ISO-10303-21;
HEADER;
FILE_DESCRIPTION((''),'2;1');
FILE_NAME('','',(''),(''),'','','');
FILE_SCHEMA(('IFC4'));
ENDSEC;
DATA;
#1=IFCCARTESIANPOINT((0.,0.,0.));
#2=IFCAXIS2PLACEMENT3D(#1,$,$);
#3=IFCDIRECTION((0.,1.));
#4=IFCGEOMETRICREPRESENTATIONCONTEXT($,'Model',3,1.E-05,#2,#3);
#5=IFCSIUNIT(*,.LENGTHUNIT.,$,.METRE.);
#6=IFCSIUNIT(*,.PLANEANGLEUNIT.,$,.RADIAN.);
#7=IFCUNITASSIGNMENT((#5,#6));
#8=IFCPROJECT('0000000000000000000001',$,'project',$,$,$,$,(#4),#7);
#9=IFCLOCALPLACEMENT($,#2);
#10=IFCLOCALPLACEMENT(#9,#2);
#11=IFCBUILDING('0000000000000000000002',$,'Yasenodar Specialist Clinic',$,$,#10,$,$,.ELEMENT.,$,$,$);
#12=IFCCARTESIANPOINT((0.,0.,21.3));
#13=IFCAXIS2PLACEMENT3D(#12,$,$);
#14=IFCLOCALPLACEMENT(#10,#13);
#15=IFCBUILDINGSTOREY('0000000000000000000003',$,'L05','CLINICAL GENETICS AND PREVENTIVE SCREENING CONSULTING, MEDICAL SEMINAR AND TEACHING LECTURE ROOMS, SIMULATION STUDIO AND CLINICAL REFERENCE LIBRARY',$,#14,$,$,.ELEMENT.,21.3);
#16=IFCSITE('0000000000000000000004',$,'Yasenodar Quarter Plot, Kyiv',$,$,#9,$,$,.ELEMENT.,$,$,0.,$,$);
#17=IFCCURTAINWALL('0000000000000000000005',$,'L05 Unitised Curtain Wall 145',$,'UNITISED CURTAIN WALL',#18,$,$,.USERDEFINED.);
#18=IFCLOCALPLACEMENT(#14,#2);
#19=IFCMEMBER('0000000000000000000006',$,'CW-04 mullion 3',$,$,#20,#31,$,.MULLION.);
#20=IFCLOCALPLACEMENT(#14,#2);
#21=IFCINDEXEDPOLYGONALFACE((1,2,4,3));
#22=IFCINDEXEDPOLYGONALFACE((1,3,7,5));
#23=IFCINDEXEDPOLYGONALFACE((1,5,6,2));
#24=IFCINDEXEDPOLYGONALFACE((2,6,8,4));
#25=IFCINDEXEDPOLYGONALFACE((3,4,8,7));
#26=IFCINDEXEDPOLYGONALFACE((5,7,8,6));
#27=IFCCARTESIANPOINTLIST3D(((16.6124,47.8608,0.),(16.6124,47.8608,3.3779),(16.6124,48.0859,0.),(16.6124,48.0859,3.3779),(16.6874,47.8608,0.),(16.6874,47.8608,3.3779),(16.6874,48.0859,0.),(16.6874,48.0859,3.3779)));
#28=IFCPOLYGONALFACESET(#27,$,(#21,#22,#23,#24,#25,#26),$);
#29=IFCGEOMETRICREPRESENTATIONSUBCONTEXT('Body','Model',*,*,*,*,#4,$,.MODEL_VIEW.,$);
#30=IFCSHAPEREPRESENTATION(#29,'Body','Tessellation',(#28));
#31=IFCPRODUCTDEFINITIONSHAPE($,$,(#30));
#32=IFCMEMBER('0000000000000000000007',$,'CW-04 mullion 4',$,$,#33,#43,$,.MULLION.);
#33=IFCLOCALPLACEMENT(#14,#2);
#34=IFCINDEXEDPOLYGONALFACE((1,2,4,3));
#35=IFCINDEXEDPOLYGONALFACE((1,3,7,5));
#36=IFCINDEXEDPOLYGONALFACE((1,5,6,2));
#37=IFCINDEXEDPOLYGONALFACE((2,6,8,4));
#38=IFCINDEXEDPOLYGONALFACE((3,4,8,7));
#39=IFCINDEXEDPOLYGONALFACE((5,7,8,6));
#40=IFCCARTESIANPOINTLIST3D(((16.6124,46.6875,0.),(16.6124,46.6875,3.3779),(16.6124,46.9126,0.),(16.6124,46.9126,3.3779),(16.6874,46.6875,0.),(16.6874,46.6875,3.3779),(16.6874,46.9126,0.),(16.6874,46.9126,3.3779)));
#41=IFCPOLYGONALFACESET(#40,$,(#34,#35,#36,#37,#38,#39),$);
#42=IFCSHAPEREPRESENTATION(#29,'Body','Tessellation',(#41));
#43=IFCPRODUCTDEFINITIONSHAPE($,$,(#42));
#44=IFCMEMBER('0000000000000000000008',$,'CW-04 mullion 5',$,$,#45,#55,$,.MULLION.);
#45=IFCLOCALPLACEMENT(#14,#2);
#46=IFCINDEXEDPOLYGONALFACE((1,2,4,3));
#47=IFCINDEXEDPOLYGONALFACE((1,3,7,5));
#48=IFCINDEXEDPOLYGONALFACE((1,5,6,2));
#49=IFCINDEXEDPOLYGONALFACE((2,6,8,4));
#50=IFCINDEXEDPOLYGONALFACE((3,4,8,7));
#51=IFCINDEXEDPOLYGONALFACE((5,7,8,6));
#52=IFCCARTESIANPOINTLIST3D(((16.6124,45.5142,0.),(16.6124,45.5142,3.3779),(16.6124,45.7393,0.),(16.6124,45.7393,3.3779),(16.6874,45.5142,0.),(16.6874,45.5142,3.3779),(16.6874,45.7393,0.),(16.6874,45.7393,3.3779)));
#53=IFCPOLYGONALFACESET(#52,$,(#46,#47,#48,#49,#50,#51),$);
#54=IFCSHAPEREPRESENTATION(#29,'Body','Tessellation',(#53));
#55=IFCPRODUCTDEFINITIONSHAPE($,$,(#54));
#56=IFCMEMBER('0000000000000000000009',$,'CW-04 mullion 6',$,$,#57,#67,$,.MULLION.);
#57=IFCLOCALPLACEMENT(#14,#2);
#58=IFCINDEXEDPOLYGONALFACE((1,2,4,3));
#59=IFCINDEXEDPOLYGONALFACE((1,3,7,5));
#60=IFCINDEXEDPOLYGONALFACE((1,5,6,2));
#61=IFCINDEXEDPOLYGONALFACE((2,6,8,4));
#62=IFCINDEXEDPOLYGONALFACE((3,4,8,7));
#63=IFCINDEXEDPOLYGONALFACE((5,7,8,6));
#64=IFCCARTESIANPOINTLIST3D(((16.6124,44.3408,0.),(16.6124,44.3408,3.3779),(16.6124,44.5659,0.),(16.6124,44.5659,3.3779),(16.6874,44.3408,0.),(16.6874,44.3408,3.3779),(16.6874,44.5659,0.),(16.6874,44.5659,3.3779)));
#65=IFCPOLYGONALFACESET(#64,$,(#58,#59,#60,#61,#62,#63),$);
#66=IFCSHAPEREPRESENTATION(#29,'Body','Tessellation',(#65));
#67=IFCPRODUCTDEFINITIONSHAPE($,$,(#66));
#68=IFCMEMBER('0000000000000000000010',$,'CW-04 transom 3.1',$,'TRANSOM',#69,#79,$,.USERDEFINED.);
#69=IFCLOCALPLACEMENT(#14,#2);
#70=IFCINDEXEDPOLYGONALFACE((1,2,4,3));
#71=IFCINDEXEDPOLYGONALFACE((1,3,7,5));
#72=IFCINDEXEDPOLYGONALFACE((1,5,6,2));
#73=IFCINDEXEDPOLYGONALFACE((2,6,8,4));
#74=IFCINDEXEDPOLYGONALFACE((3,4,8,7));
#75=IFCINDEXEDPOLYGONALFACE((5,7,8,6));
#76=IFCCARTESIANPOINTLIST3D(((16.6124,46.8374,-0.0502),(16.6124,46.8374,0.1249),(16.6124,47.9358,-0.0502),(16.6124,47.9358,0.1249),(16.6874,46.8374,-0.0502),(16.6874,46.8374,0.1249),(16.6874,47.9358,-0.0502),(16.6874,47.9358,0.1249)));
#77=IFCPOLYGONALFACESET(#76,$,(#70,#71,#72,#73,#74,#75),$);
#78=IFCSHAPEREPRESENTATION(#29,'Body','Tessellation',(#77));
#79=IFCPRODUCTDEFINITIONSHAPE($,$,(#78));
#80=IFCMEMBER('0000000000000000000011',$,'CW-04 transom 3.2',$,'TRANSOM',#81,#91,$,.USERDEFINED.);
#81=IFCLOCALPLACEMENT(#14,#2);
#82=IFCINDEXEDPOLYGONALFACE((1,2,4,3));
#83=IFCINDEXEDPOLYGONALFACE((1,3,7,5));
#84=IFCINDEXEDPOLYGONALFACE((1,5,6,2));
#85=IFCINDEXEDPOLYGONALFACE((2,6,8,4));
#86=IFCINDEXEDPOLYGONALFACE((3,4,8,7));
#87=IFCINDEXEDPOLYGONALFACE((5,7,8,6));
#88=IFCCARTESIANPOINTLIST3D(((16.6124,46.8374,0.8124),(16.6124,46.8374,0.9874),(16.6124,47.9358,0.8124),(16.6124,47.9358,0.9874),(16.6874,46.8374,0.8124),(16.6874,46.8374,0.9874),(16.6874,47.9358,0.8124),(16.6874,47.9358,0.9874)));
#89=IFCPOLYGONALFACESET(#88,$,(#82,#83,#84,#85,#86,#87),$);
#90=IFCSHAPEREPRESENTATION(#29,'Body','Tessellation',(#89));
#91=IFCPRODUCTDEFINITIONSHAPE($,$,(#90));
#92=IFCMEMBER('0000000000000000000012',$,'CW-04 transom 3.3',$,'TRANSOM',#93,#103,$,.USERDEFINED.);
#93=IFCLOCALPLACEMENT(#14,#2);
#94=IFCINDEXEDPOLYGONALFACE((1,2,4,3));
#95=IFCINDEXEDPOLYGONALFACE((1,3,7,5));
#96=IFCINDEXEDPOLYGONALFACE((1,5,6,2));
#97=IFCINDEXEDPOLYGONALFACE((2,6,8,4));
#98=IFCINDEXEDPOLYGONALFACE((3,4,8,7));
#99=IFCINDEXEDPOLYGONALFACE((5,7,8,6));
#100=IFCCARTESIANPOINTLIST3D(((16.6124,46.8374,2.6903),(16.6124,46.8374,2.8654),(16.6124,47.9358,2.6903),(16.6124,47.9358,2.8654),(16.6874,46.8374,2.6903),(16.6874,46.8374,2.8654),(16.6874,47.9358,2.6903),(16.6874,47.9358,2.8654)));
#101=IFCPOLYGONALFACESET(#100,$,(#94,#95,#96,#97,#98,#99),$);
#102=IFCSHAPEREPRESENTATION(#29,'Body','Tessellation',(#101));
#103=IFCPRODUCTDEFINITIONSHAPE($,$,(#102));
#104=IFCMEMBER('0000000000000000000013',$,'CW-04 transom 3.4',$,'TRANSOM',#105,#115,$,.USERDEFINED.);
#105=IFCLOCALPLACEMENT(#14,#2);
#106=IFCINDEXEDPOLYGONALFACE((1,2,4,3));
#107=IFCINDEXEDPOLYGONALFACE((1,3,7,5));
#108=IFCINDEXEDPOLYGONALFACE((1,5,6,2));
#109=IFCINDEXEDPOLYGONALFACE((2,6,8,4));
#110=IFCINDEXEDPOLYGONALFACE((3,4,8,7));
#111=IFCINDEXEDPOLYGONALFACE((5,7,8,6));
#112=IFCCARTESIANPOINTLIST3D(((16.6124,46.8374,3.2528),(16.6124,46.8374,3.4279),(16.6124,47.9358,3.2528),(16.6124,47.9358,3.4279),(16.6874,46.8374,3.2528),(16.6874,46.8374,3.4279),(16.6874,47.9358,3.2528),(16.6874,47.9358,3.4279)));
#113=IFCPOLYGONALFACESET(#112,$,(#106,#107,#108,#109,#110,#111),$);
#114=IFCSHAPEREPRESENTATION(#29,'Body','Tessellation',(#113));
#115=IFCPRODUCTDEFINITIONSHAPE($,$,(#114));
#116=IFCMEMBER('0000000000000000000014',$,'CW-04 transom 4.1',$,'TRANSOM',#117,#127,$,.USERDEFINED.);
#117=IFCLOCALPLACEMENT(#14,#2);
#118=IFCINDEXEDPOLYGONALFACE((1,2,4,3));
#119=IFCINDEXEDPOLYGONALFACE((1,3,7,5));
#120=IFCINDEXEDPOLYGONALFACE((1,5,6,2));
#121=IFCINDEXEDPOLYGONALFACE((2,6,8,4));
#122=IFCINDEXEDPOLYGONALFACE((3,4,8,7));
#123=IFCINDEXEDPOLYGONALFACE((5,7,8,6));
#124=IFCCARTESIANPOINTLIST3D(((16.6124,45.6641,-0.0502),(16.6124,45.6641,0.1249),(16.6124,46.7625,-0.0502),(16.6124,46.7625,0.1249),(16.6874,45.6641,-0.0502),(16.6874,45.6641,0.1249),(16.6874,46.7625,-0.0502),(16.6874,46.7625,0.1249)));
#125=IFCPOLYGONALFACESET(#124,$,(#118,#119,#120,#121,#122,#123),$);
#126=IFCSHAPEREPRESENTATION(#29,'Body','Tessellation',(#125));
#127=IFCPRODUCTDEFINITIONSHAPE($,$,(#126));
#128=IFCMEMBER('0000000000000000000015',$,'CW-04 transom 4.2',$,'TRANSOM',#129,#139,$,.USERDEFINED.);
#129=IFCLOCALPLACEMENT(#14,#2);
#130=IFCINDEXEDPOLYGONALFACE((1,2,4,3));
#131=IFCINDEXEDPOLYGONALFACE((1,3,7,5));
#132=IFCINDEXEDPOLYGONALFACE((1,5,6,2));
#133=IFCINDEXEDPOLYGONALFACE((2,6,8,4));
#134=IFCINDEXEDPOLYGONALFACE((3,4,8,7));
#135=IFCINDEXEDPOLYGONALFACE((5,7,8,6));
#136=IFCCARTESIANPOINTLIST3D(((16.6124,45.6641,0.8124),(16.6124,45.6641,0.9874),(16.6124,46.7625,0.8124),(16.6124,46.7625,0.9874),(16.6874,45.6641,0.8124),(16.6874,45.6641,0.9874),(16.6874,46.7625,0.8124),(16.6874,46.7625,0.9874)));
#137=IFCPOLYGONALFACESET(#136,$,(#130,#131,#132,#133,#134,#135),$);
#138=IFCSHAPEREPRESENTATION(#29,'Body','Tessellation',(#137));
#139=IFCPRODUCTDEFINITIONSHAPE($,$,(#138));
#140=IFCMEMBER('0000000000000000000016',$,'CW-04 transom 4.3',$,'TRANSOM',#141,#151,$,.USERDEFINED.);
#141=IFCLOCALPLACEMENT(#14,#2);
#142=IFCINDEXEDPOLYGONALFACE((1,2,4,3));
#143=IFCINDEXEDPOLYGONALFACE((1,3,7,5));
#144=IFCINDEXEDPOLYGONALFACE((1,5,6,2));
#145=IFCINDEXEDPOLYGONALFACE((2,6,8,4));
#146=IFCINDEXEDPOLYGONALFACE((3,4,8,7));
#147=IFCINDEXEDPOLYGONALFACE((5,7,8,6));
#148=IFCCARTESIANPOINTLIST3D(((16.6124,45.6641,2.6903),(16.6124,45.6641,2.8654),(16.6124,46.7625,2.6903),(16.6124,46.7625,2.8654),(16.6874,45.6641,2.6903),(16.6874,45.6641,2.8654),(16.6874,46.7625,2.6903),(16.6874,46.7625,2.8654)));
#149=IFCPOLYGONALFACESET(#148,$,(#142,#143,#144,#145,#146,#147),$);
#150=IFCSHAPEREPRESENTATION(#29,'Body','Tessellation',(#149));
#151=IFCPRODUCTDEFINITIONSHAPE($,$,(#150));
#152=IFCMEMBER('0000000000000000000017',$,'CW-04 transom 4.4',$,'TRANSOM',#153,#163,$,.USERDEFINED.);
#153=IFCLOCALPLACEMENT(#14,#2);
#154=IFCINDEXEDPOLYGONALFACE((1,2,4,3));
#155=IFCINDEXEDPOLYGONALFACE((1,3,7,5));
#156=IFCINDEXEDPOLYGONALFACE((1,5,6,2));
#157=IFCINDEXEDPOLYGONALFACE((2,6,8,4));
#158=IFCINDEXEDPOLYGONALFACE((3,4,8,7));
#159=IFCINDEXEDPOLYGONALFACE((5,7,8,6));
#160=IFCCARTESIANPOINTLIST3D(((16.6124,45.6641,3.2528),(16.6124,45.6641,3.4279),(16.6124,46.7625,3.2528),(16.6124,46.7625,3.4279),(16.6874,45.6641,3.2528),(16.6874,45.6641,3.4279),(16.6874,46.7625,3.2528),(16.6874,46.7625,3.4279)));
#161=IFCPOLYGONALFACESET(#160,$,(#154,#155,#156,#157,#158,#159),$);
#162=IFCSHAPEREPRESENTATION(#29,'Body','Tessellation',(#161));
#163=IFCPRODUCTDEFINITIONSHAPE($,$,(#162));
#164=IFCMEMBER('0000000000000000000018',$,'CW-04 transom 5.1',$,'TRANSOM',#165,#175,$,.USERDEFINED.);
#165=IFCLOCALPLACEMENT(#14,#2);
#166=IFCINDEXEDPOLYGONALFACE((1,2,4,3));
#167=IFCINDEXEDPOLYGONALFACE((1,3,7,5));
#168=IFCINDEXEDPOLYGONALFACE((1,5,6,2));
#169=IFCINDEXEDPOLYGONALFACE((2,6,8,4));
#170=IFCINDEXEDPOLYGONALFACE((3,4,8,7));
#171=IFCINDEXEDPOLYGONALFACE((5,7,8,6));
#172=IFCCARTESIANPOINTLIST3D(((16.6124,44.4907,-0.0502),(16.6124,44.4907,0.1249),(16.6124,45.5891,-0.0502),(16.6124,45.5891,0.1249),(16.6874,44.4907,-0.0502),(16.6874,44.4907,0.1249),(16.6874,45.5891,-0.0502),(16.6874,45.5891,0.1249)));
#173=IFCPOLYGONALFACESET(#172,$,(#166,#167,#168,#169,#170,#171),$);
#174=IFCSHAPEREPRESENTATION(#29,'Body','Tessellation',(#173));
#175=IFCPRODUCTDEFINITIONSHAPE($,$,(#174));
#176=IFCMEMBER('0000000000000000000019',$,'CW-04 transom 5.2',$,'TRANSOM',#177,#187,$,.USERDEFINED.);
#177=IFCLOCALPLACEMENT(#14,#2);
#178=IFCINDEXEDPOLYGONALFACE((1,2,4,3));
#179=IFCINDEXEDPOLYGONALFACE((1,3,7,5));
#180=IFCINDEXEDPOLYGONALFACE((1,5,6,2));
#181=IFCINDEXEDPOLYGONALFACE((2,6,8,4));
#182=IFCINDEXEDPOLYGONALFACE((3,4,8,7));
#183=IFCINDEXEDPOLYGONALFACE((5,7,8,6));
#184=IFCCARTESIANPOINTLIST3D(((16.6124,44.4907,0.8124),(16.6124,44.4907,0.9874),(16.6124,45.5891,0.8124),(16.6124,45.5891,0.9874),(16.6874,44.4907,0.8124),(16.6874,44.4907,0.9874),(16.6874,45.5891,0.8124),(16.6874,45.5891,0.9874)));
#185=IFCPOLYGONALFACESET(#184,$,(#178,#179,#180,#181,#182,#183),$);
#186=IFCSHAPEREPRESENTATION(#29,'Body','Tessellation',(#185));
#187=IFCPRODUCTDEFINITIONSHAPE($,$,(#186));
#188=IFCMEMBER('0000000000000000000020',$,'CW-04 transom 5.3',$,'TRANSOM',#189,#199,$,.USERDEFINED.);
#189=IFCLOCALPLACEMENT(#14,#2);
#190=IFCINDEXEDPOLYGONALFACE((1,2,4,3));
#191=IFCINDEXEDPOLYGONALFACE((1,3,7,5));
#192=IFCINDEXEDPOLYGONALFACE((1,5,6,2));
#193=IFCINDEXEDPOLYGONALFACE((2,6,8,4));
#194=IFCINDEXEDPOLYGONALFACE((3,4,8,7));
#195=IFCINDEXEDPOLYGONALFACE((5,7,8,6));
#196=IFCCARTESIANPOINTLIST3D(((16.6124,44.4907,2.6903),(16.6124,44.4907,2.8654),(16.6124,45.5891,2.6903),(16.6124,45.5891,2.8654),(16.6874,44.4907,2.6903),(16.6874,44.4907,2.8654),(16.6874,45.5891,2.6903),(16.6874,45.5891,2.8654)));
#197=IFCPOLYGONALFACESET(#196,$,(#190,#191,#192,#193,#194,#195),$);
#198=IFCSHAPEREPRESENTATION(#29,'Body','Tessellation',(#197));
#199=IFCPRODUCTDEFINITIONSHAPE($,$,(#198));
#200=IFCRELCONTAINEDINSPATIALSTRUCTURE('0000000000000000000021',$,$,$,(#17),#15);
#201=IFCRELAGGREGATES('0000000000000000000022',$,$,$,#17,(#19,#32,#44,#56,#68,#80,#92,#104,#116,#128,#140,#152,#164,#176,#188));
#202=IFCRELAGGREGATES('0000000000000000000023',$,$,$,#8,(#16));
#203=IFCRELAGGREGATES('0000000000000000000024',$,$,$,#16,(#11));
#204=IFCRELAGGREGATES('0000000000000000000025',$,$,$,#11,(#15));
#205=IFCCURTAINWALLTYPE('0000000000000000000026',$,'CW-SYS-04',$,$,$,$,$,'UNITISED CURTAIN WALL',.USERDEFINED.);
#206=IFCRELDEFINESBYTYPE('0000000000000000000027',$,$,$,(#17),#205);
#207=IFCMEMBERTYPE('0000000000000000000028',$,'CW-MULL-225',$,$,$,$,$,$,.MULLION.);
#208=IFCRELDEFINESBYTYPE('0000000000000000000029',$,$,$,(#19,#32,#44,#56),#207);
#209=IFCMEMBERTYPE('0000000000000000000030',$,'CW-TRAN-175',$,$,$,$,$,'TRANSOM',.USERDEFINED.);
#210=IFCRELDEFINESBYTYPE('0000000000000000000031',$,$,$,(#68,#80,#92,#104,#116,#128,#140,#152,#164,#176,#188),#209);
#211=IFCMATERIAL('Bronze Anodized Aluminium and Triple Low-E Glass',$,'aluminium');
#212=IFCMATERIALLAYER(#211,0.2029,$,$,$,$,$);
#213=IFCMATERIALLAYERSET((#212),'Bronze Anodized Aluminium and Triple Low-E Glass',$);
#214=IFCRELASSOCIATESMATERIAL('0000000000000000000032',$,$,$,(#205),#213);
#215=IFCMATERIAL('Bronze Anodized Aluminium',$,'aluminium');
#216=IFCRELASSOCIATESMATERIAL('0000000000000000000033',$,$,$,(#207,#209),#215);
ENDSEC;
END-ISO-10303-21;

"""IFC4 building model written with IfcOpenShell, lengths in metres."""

from ifc_helpers import new_model, si_unit, direction, frame, origin, origin_2d, place, context, subcontext, project, spatial, rectangle, extrude, material, layer, layer_set, material_profile, profile_set, type_object, element, aggregate, save


model = new_model("IFC4")

# Units and contexts
model_context = context("Model", 3, precision=1e-05, world=origin(), true_north=direction((0.0, 1.0)))
body_context = subcontext(model_context, "Body", "Model", "MODEL_VIEW")
ifc_project = project(units=[si_unit("LENGTHUNIT", "METRE"), si_unit("PLANEANGLEUNIT", "RADIAN")], contexts=[model_context])

# Site, building, storey
site_placement = place(None, origin())
site = spatial("IfcSite", under=ifc_project, at=site_placement, Name="Yasenodar Quarter Plot, Kyiv", CompositionType="ELEMENT", RefElevation=0.0)
building_placement = place(site_placement, origin())
building = spatial("IfcBuilding", under=site, at=building_placement, Name="Yasenodar Specialist Clinic", CompositionType="ELEMENT")
storey_placement = place(building_placement, frame((0.0, 0.0, 21.3)))
storey = spatial("IfcBuildingStorey", under=building, at=storey_placement, Name="L05", Description="CLINICAL GENETICS AND PREVENTIVE SCREENING CONSULTING, MEDICAL SEMINAR AND TEACHING LECTURE ROOMS, SIMULATION STUDIO AND CLINICAL REFERENCE LIBRARY", CompositionType="ELEMENT", Elevation=21.3)

# Curtain wall, members
ifc_material_1 = material(Name="Bronze Anodized Aluminium and Triple Low-E Glass", Category="aluminium")
ifc_layer_1 = layer(ifc_material_1, 0.2029)
ifc_layer_set_1 = layer_set([ifc_layer_1], Name="Bronze Anodized Aluminium and Triple Low-E Glass")
curtain_wall_type = type_object("IfcCurtainWallType", Name="CW-SYS-04", ElementType="UNITISED CURTAIN WALL", PredefinedType="USERDEFINED", material=ifc_layer_set_1)
curtain_wall_placement = place(storey_placement, origin())
curtain_wall = element("IfcCurtainWall", 1, at=curtain_wall_placement, inside=storey, type_object=curtain_wall_type, Name="L05 Unitised Curtain Wall 145", ObjectType="UNITISED CURTAIN WALL", PredefinedType="USERDEFINED")
ifc_material_2 = material(Name="Bronze Anodized Aluminium", Category="aluminium")
ifc_material_profile_1 = material_profile(ifc_material_2, rectangle(XDim=0.075, YDim=0.2251, at=origin_2d()), Name="CW-MULL 75x225")
ifc_profile_set_1 = profile_set([ifc_material_profile_1], Name="Bronze Anodized Aluminium")
member_type_1 = type_object("IfcMemberType", Name="CW-MULL-225", PredefinedType="MULLION", material=ifc_profile_set_1)
member_1_placement = place(storey_placement, frame((16.6499, 47.9734, 0.0), z_axis=(0.0, 0.0, 1.0), x_axis=(1.0, 0.0, 0.0)))
member_1 = element("IfcMember", 2, at=member_1_placement, type_object=member_type_1, Name="CW-04 mullion 3", PredefinedType="MULLION", context=body_context, shape_type="SweptSolid", body=[
    extrude(rectangle(XDim=0.075, YDim=0.2251, at=origin_2d()), origin(), (0.0, 0.0, 1.0), 3.3779),
])
member_2_placement = place(storey_placement, frame((16.6499, 46.8, 0.0), z_axis=(0.0, 0.0, 1.0), x_axis=(1.0, 0.0, 0.0)))
member_2 = element("IfcMember", 3, at=member_2_placement, type_object=member_type_1, Name="CW-04 mullion 4", PredefinedType="MULLION", context=body_context, shape_type="SweptSolid", body=[
    extrude(rectangle(XDim=0.075, YDim=0.2251, at=origin_2d()), origin(), (0.0, 0.0, 1.0), 3.3779),
])
member_3_placement = place(storey_placement, frame((16.6499, 45.6267, 0.0), z_axis=(0.0, 0.0, 1.0), x_axis=(1.0, 0.0, 0.0)))
member_3 = element("IfcMember", 4, at=member_3_placement, type_object=member_type_1, Name="CW-04 mullion 5", PredefinedType="MULLION", context=body_context, shape_type="SweptSolid", body=[
    extrude(rectangle(XDim=0.075, YDim=0.2251, at=origin_2d()), origin(), (0.0, 0.0, 1.0), 3.3779),
])
member_4_placement = place(storey_placement, frame((16.6499, 44.4534, 0.0), z_axis=(0.0, 0.0, 1.0), x_axis=(1.0, 0.0, 0.0)))
member_4 = element("IfcMember", 5, at=member_4_placement, type_object=member_type_1, Name="CW-04 mullion 6", PredefinedType="MULLION", context=body_context, shape_type="SweptSolid", body=[
    extrude(rectangle(XDim=0.075, YDim=0.2251, at=origin_2d()), origin(), (0.0, 0.0, 1.0), 3.3779),
])
ifc_material_profile_2 = material_profile(ifc_material_2, rectangle(XDim=0.075, YDim=0.175, at=origin_2d()), Name="CW-TRAN 75x175")
ifc_profile_set_2 = profile_set([ifc_material_profile_2], Name="Bronze Anodized Aluminium")
member_type_2 = type_object("IfcMemberType", Name="CW-TRAN-175", ElementType="TRANSOM", PredefinedType="USERDEFINED", material=ifc_profile_set_2)
member_5_placement = place(storey_placement, frame((16.6499, 47.9358, 0.0374), z_axis=(0.0, -1.0, 0.0), x_axis=(1.0, 0.0, 0.0)))
member_5 = element("IfcMember", 6, at=member_5_placement, type_object=member_type_2, Name="CW-04 transom 3.1", ObjectType="TRANSOM", PredefinedType="USERDEFINED", context=body_context, shape_type="SweptSolid", body=[
    extrude(rectangle(XDim=0.075, YDim=0.175, at=origin_2d()), origin(), (0.0, 0.0, 1.0), 1.0984),
])
member_6_placement = place(storey_placement, frame((16.6499, 47.9358, 0.8999), z_axis=(0.0, -1.0, 0.0), x_axis=(1.0, 0.0, 0.0)))
member_6 = element("IfcMember", 7, at=member_6_placement, type_object=member_type_2, Name="CW-04 transom 3.2", ObjectType="TRANSOM", PredefinedType="USERDEFINED", context=body_context, shape_type="SweptSolid", body=[
    extrude(rectangle(XDim=0.075, YDim=0.175, at=origin_2d()), origin(), (0.0, 0.0, 1.0), 1.0984),
])
member_7_placement = place(storey_placement, frame((16.6499, 47.9358, 2.7778), z_axis=(0.0, -1.0, 0.0), x_axis=(1.0, 0.0, 0.0)))
member_7 = element("IfcMember", 8, at=member_7_placement, type_object=member_type_2, Name="CW-04 transom 3.3", ObjectType="TRANSOM", PredefinedType="USERDEFINED", context=body_context, shape_type="SweptSolid", body=[
    extrude(rectangle(XDim=0.075, YDim=0.175, at=origin_2d()), origin(), (0.0, 0.0, 1.0), 1.0984),
])
member_8_placement = place(storey_placement, frame((16.6499, 47.9358, 3.3403), z_axis=(0.0, -1.0, 0.0), x_axis=(1.0, 0.0, 0.0)))
member_8 = element("IfcMember", 9, at=member_8_placement, type_object=member_type_2, Name="CW-04 transom 3.4", ObjectType="TRANSOM", PredefinedType="USERDEFINED", context=body_context, shape_type="SweptSolid", body=[
    extrude(rectangle(XDim=0.075, YDim=0.175, at=origin_2d()), origin(), (0.0, 0.0, 1.0), 1.0984),
])
member_9_placement = place(storey_placement, frame((16.6499, 46.7625, 0.0374), z_axis=(0.0, -1.0, 0.0), x_axis=(1.0, 0.0, 0.0)))
member_9 = element("IfcMember", 10, at=member_9_placement, type_object=member_type_2, Name="CW-04 transom 4.1", ObjectType="TRANSOM", PredefinedType="USERDEFINED", context=body_context, shape_type="SweptSolid", body=[
    extrude(rectangle(XDim=0.075, YDim=0.175, at=origin_2d()), origin(), (0.0, 0.0, 1.0), 1.0984),
])
member_10_placement = place(storey_placement, frame((16.6499, 46.7625, 0.8999), z_axis=(0.0, -1.0, 0.0), x_axis=(1.0, 0.0, 0.0)))
member_10 = element("IfcMember", 11, at=member_10_placement, type_object=member_type_2, Name="CW-04 transom 4.2", ObjectType="TRANSOM", PredefinedType="USERDEFINED", context=body_context, shape_type="SweptSolid", body=[
    extrude(rectangle(XDim=0.075, YDim=0.175, at=origin_2d()), origin(), (0.0, 0.0, 1.0), 1.0984),
])
member_11_placement = place(storey_placement, frame((16.6499, 46.7625, 2.7778), z_axis=(0.0, -1.0, 0.0), x_axis=(1.0, 0.0, 0.0)))
member_11 = element("IfcMember", 12, at=member_11_placement, type_object=member_type_2, Name="CW-04 transom 4.3", ObjectType="TRANSOM", PredefinedType="USERDEFINED", context=body_context, shape_type="SweptSolid", body=[
    extrude(rectangle(XDim=0.075, YDim=0.175, at=origin_2d()), origin(), (0.0, 0.0, 1.0), 1.0984),
])
member_12_placement = place(storey_placement, frame((16.6499, 46.7625, 3.3403), z_axis=(0.0, -1.0, 0.0), x_axis=(1.0, 0.0, 0.0)))
member_12 = element("IfcMember", 13, at=member_12_placement, type_object=member_type_2, Name="CW-04 transom 4.4", ObjectType="TRANSOM", PredefinedType="USERDEFINED", context=body_context, shape_type="SweptSolid", body=[
    extrude(rectangle(XDim=0.075, YDim=0.175, at=origin_2d()), origin(), (0.0, 0.0, 1.0), 1.0984),
])
member_13_placement = place(storey_placement, frame((16.6499, 45.5891, 0.0374), z_axis=(0.0, -1.0, 0.0), x_axis=(1.0, 0.0, 0.0)))
member_13 = element("IfcMember", 14, at=member_13_placement, type_object=member_type_2, Name="CW-04 transom 5.1", ObjectType="TRANSOM", PredefinedType="USERDEFINED", context=body_context, shape_type="SweptSolid", body=[
    extrude(rectangle(XDim=0.075, YDim=0.175, at=origin_2d()), origin(), (0.0, 0.0, 1.0), 1.0984),
])
member_14_placement = place(storey_placement, frame((16.6499, 45.5891, 0.8999), z_axis=(0.0, -1.0, 0.0), x_axis=(1.0, 0.0, 0.0)))
member_14 = element("IfcMember", 15, at=member_14_placement, type_object=member_type_2, Name="CW-04 transom 5.2", ObjectType="TRANSOM", PredefinedType="USERDEFINED", context=body_context, shape_type="SweptSolid", body=[
    extrude(rectangle(XDim=0.075, YDim=0.175, at=origin_2d()), origin(), (0.0, 0.0, 1.0), 1.0984),
])
member_15_placement = place(storey_placement, frame((16.6499, 45.5891, 2.7778), z_axis=(0.0, -1.0, 0.0), x_axis=(1.0, 0.0, 0.0)))
member_15 = element("IfcMember", 16, at=member_15_placement, type_object=member_type_2, Name="CW-04 transom 5.3", ObjectType="TRANSOM", PredefinedType="USERDEFINED", context=body_context, shape_type="SweptSolid", body=[
    extrude(rectangle(XDim=0.075, YDim=0.175, at=origin_2d()), origin(), (0.0, 0.0, 1.0), 1.0984),
])
aggregate(curtain_wall, [member_1, member_2, member_3, member_4, member_5, member_6, member_7, member_8, member_9, member_10, member_11, member_12, member_13, member_14, member_15])

save(model, "model.ifc")
